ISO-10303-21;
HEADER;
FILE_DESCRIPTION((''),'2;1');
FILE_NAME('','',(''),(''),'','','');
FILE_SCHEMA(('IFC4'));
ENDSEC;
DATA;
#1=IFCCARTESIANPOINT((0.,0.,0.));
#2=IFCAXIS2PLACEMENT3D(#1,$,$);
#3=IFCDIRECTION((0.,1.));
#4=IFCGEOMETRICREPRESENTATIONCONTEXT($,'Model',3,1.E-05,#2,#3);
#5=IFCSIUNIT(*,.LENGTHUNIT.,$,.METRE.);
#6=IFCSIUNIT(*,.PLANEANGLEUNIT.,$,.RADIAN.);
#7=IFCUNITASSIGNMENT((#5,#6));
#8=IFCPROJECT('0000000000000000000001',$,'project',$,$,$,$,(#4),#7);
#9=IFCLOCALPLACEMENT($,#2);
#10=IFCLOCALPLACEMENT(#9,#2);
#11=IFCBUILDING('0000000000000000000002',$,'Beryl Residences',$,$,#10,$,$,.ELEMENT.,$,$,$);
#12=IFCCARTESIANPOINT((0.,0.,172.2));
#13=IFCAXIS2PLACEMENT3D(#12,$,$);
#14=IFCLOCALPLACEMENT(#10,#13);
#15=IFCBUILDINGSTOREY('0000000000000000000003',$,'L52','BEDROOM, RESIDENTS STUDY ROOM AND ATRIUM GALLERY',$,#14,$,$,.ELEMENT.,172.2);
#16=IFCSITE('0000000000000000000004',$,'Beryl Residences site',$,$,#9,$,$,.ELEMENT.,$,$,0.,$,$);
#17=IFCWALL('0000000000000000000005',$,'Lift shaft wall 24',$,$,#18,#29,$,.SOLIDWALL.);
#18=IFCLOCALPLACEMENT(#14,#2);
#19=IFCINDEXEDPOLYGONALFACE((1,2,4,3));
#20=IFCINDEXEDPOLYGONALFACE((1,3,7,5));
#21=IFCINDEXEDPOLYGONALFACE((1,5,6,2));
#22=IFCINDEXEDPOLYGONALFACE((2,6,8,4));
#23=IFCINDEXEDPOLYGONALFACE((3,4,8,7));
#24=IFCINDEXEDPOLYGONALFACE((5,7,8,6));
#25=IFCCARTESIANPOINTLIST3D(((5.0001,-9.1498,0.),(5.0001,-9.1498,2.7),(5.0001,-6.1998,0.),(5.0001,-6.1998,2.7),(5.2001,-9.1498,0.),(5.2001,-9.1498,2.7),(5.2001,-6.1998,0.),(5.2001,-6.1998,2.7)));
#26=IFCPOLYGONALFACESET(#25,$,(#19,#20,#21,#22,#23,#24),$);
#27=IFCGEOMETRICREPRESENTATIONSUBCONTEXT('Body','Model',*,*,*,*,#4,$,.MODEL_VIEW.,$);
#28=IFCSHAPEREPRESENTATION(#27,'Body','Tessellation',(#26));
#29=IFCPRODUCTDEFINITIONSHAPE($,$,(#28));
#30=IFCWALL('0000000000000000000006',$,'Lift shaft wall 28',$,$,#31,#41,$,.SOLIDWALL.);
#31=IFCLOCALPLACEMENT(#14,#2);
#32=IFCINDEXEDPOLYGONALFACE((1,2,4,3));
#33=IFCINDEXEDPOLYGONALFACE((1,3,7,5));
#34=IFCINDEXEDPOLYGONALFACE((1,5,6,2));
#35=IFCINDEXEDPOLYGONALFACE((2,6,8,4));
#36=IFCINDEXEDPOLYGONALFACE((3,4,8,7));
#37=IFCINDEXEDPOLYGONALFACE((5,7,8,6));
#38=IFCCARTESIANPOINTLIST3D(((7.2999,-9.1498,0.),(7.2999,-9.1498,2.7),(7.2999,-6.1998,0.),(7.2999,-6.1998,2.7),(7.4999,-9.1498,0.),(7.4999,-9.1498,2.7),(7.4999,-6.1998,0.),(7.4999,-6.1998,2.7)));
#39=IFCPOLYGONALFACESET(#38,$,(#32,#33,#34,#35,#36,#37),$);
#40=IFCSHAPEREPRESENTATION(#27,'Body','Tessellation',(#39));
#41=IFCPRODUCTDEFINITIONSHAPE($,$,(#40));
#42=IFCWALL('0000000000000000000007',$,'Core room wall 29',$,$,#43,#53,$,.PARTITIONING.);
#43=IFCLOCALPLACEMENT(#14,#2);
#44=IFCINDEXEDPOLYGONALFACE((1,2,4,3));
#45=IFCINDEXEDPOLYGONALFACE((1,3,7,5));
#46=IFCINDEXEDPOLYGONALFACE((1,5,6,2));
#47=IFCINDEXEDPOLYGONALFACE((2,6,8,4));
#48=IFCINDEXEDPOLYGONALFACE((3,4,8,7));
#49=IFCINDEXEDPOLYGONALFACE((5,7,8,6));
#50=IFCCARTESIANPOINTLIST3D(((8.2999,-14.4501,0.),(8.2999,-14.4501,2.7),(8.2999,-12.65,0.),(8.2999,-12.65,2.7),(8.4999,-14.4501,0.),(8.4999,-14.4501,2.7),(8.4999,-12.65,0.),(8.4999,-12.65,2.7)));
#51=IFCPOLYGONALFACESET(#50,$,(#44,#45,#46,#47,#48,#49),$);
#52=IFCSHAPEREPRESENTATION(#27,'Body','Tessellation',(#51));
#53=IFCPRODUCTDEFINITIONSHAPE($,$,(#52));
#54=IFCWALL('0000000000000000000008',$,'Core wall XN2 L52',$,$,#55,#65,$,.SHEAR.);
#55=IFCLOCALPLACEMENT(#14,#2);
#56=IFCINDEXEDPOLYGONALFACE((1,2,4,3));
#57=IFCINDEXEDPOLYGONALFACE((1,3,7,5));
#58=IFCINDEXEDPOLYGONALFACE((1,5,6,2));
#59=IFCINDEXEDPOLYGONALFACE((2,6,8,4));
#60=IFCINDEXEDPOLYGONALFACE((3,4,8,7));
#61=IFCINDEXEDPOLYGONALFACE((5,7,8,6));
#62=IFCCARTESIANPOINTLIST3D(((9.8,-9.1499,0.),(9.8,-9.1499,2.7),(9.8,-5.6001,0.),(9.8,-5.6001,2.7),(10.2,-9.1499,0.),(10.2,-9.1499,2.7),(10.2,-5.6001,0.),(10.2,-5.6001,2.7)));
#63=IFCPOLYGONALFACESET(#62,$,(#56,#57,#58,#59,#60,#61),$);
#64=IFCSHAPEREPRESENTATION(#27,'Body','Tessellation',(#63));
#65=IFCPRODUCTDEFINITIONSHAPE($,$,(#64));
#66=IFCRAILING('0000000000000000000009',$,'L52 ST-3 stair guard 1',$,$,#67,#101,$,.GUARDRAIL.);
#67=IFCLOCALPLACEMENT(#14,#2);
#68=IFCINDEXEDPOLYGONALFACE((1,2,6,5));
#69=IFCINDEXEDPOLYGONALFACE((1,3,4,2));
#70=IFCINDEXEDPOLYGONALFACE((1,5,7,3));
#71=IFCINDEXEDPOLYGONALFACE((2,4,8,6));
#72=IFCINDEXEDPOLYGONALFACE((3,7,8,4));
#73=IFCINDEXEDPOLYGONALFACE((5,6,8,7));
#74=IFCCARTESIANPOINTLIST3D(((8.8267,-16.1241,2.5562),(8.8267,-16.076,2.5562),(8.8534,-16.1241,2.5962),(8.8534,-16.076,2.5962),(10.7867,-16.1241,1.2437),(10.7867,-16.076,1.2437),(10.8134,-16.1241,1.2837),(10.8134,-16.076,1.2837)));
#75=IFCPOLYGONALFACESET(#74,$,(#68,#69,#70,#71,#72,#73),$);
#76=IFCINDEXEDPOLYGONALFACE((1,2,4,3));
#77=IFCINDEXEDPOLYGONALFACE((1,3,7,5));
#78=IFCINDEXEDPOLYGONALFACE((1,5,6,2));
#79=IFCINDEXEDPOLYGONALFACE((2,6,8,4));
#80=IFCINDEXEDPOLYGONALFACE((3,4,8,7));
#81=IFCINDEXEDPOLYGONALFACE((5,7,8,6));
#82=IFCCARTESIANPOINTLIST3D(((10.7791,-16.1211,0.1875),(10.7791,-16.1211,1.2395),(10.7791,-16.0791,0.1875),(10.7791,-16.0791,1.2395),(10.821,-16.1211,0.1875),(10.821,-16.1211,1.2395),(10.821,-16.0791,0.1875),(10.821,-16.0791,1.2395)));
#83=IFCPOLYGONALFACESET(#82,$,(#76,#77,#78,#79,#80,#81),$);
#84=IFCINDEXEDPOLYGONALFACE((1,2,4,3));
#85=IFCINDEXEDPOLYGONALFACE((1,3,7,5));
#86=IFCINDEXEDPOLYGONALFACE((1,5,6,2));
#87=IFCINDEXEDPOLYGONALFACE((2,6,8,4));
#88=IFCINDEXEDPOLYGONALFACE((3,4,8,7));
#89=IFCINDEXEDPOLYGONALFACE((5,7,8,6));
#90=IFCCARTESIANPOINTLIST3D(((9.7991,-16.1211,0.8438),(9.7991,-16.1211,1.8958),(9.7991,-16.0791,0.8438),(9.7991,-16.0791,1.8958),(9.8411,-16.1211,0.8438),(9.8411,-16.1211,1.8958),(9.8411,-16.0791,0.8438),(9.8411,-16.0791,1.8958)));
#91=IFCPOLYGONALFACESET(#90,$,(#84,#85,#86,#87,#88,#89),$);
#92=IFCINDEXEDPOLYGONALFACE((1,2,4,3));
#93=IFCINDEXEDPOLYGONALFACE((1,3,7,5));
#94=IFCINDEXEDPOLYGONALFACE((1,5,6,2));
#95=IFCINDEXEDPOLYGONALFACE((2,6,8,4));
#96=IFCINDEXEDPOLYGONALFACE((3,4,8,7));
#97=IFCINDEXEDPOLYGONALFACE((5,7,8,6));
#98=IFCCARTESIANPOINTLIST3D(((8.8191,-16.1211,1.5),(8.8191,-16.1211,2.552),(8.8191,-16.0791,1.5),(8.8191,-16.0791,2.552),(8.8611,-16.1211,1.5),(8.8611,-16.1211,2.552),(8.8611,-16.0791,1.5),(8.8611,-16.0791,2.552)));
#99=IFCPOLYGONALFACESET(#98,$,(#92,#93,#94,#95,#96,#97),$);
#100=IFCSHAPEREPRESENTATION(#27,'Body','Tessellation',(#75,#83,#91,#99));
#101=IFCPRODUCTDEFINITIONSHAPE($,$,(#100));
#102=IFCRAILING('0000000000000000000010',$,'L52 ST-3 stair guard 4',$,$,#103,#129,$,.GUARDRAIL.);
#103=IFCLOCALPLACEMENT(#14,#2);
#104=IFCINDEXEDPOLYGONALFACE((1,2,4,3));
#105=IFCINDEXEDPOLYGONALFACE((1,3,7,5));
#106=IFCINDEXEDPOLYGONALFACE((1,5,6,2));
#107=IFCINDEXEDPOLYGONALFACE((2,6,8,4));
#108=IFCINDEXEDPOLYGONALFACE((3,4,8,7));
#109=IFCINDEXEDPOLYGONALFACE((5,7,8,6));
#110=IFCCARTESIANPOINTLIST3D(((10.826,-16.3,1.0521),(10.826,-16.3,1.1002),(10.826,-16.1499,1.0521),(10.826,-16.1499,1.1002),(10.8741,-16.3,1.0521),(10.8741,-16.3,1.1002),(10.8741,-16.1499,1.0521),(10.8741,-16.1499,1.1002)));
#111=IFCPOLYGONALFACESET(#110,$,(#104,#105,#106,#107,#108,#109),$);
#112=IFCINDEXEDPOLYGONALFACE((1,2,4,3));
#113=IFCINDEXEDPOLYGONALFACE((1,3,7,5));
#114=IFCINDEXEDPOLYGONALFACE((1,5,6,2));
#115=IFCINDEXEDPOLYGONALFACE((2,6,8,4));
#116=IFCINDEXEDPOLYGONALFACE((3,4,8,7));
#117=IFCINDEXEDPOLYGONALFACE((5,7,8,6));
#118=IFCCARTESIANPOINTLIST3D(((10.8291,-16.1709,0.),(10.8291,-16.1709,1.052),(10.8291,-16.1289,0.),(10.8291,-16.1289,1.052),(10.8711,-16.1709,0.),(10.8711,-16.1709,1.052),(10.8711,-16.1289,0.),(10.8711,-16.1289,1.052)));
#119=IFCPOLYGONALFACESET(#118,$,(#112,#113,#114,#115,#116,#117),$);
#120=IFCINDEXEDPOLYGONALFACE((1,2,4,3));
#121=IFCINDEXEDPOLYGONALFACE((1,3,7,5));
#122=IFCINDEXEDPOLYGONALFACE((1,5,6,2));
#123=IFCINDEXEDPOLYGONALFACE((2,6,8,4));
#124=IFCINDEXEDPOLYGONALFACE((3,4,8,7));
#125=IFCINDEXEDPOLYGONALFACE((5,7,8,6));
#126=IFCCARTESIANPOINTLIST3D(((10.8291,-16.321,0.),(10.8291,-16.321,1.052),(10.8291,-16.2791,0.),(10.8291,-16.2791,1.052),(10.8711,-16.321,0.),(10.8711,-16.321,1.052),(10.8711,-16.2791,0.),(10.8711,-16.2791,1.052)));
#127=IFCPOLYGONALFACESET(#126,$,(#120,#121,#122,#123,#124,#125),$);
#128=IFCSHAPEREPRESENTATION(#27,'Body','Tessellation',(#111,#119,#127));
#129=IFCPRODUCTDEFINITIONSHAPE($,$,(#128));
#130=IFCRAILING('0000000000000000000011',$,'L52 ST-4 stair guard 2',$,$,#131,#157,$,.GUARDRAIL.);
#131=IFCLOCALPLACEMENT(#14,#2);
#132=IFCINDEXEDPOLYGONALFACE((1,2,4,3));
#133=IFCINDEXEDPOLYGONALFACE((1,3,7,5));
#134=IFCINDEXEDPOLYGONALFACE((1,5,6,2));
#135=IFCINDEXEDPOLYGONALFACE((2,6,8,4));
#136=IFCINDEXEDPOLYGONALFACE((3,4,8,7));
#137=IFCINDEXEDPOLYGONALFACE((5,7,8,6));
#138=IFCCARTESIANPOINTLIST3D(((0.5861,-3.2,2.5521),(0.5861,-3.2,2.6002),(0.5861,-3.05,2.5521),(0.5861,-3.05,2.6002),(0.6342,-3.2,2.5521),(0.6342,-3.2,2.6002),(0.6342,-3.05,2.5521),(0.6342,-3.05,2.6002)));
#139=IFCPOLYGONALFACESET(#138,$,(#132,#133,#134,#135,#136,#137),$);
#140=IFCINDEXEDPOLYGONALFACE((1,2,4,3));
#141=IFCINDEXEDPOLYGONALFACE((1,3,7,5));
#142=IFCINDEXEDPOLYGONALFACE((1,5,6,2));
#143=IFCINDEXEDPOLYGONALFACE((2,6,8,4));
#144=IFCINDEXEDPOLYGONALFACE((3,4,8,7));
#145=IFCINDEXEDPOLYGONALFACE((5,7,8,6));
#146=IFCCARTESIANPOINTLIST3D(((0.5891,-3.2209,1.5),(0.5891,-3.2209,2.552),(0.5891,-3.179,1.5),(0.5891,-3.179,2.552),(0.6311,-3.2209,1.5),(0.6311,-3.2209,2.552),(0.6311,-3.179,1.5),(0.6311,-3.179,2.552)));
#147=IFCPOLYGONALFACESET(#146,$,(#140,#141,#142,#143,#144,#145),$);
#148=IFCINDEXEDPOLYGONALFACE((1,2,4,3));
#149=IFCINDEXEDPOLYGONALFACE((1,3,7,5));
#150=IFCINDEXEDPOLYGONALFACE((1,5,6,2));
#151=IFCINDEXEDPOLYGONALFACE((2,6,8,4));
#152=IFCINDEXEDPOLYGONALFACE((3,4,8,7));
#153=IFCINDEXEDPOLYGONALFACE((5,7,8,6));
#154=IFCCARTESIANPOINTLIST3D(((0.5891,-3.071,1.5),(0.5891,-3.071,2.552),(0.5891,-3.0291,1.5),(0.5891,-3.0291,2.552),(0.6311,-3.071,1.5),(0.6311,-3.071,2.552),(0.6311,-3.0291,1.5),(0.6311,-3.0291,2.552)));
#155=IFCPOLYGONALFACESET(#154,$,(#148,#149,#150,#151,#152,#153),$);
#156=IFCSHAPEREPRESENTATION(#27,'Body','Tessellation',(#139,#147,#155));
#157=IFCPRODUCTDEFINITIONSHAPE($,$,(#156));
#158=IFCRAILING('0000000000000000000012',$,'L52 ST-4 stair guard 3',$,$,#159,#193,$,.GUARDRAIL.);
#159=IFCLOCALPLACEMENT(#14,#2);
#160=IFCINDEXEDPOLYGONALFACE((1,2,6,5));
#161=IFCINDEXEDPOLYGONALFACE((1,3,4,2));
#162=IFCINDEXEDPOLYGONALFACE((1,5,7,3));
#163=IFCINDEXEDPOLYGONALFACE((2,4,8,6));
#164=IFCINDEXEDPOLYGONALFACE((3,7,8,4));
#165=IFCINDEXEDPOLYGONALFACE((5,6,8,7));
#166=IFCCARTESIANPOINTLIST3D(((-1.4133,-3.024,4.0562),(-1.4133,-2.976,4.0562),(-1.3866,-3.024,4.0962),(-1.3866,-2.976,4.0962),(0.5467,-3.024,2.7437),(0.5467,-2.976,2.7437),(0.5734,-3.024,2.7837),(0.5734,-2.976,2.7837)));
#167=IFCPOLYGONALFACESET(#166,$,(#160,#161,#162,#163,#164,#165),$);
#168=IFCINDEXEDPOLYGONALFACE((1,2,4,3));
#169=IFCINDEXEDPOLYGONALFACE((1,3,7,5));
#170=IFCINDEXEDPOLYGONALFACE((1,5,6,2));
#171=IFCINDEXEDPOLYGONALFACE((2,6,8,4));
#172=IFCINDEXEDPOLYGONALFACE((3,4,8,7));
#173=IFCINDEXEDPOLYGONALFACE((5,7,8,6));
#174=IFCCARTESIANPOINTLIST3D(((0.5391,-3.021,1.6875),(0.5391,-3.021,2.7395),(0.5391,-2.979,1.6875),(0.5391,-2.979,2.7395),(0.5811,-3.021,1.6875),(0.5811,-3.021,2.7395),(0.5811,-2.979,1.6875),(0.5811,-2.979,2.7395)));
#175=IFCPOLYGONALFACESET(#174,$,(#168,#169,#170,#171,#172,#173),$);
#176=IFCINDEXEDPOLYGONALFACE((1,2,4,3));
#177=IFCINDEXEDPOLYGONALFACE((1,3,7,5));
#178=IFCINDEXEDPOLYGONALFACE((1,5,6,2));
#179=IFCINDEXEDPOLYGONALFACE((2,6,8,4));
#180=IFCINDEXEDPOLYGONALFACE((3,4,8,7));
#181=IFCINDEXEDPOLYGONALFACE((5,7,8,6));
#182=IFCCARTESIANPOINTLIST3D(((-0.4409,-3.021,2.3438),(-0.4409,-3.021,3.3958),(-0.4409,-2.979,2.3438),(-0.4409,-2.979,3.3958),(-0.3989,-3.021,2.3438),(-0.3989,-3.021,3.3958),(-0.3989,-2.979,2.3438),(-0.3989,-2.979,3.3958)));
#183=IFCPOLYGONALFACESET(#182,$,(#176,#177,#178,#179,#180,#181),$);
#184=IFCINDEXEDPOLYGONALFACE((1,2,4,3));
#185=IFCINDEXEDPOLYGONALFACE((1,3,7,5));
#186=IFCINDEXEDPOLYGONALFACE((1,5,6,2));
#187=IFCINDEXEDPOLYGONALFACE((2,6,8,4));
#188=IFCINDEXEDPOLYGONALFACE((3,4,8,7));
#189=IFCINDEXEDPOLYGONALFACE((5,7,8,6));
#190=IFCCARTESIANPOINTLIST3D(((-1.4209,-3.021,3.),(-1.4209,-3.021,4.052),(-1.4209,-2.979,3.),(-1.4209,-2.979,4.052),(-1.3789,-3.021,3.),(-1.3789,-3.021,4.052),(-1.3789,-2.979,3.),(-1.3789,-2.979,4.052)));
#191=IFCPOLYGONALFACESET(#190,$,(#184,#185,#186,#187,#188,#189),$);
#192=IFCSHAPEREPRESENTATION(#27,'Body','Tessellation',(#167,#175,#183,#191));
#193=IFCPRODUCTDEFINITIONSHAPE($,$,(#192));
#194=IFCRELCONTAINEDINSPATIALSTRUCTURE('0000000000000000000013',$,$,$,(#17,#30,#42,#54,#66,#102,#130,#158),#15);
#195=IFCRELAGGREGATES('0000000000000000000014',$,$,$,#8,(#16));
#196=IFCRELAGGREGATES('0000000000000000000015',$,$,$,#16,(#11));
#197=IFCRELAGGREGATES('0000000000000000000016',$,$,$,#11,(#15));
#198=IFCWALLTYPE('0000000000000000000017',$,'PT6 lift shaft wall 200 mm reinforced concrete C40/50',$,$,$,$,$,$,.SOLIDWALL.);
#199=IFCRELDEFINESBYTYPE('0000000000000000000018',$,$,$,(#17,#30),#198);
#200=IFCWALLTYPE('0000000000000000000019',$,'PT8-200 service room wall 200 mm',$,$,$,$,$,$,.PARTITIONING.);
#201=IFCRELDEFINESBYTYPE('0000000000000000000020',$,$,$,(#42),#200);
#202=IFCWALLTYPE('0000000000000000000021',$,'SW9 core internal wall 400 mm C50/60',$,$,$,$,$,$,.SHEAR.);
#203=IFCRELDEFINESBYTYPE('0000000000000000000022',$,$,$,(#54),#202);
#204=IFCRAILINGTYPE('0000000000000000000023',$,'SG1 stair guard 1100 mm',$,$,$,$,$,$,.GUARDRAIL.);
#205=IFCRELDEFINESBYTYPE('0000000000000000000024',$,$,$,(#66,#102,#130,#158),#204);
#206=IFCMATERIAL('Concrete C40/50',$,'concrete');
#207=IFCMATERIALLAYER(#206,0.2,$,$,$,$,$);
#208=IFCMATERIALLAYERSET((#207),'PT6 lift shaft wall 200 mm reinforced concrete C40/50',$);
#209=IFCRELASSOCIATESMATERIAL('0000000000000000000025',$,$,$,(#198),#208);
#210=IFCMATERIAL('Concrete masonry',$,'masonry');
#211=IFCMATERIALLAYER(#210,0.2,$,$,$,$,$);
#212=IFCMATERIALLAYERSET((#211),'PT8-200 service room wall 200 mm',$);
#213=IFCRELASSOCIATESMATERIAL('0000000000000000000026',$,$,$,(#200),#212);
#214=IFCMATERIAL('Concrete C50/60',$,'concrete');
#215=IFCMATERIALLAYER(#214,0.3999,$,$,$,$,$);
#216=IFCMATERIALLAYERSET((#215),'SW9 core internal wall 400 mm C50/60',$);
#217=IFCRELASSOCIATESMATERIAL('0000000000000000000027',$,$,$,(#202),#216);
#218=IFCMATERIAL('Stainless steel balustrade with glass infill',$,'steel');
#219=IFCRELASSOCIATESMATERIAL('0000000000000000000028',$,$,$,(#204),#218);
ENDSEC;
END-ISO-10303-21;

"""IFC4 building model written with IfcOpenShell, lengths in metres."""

from ifc_helpers import new_model, si_unit, direction, frame, frame_2d, origin, origin_2d, place, context, subcontext, project, spatial, rectangle, extrude, material, layer, layer_set, type_object, element, save


model = new_model("IFC4")

# Units and contexts
model_context = context("Model", 3, precision=1e-05, world=origin(), true_north=direction((0.0, 1.0)))
body_context = subcontext(model_context, "Body", "Model", "MODEL_VIEW")
ifc_project = project(units=[si_unit("LENGTHUNIT", "METRE"), si_unit("PLANEANGLEUNIT", "RADIAN")], contexts=[model_context])

# Site, building, storey
site_placement = place(None, origin())
site = spatial("IfcSite", under=ifc_project, at=site_placement, Name="Beryl Residences site", CompositionType="ELEMENT", RefElevation=0.0)
building_placement = place(site_placement, origin())
building = spatial("IfcBuilding", under=site, at=building_placement, Name="Beryl Residences", CompositionType="ELEMENT")
storey_placement = place(building_placement, frame((0.0, 0.0, 172.2)))
storey = spatial("IfcBuildingStorey", under=building, at=storey_placement, Name="L52", Description="BEDROOM, RESIDENTS STUDY ROOM AND ATRIUM GALLERY", CompositionType="ELEMENT", Elevation=172.2)

# Walls
ifc_material_1 = material(Name="Concrete C40/50", Category="concrete")
ifc_layer_1 = layer(ifc_material_1, 0.2)
ifc_layer_set_1 = layer_set([ifc_layer_1], Name="PT6 lift shaft wall 200 mm reinforced concrete C40/50")
wall_type_1 = type_object("IfcWallType", Name="PT6 lift shaft wall 200 mm reinforced concrete C40/50", PredefinedType="SOLIDWALL", material=ifc_layer_set_1)
for number, where, z_axis, x_axis, name in (
    (1, (5.1001, -9.1499, 0.0), (0.0, 0.0, 1.0), (0.0, 1.0, 0.0), "Lift shaft wall 24"),
    (2, (7.3999, -9.1499, 0.0), (0.0, 0.0, 1.0), (0.0, 1.0, 0.0), "Lift shaft wall 28"),
):
    element("IfcWall", number, at=place(storey_placement, frame(where, z_axis=z_axis, x_axis=x_axis)), inside=storey, type_object=wall_type_1, Name=name, PredefinedType="SOLIDWALL", context=body_context, shape_type="SweptSolid", body=[
        extrude(rectangle(XDim=2.95, YDim=0.2, at=frame_2d((1.4751, 0.0))), origin(), (0.0, 0.0, 1.0), 2.7),
    ])
ifc_material_2 = material(Name="Concrete masonry", Category="masonry")
ifc_layer_2 = layer(ifc_material_2, 0.2)
ifc_layer_set_2 = layer_set([ifc_layer_2], Name="PT8-200 service room wall 200 mm")
wall_type_2 = type_object("IfcWallType", Name="PT8-200 service room wall 200 mm", PredefinedType="PARTITIONING", material=ifc_layer_set_2)
wall_1_placement = place(storey_placement, frame((8.3999, -14.45, 0.0), z_axis=(0.0, 0.0, 1.0), x_axis=(0.0, 1.0, 0.0)))
element("IfcWall", 3, at=wall_1_placement, inside=storey, type_object=wall_type_2, Name="Core room wall 29", PredefinedType="PARTITIONING", context=body_context, shape_type="SweptSolid", body=[
    extrude(rectangle(XDim=1.8, YDim=0.2, at=frame_2d((0.8999, 0.0))), origin(), (0.0, 0.0, 1.0), 2.7),
])
ifc_material_3 = material(Name="Concrete C50/60", Category="concrete")
ifc_layer_3 = layer(ifc_material_3, 0.3999)
ifc_layer_set_3 = layer_set([ifc_layer_3], Name="SW9 core internal wall 400 mm C50/60")
wall_type_3 = type_object("IfcWallType", Name="SW9 core internal wall 400 mm C50/60", PredefinedType="SHEAR", material=ifc_layer_set_3)
wall_2_placement = place(storey_placement, frame((10.0, -9.1499, 0.0), z_axis=(0.0, 0.0, 1.0), x_axis=(0.0, 1.0, 0.0)))
element("IfcWall", 4, at=wall_2_placement, inside=storey, type_object=wall_type_3, Name="Core wall XN2 L52", PredefinedType="SHEAR", context=body_context, shape_type="SweptSolid", body=[
    extrude(rectangle(XDim=3.5498, YDim=0.3999, at=frame_2d((1.7749, 0.0))), origin(), (0.0, 0.0, 1.0), 2.7),
])

# Railings
ifc_material_4 = material(Name="Stainless steel balustrade with glass infill", Category="steel")
railing_type_1 = type_object("IfcRailingType", Name="SG1 stair guard 1100 mm", PredefinedType="GUARDRAIL", material=ifc_material_4)
railing_1_placement = place(storey_placement, frame((10.8, -16.1001, 0.1875)))
element("IfcRailing", 5, at=railing_1_placement, inside=storey, type_object=railing_type_1, Name="L52 ST-3 stair guard 1", PredefinedType="GUARDRAIL", context=body_context, shape_type="SweptSolid", body=[
    extrude(rectangle(XDim=0.0481, YDim=0.0481, at=origin_2d()), frame((0.0, 0.0, 1.0762), z_axis=(-0.830902, 0.0, 0.556419), x_axis=(0.0, -1.0, 0.0)), (0.0, 0.0, 1.0), 2.3589),
    extrude(rectangle(XDim=0.042, YDim=0.042, at=origin_2d()), origin(), (0.0, 0.0, 1.0), 1.052),
    extrude(rectangle(XDim=0.042, YDim=0.042, at=origin_2d()), frame((-0.98, 0.0, 0.6562)), (0.0, 0.0, 1.0), 1.052),
    extrude(rectangle(XDim=0.042, YDim=0.042, at=origin_2d()), frame((-1.96, 0.0, 1.3125)), (0.0, 0.0, 1.0), 1.052),
])
railing_2_placement = place(storey_placement, frame((10.8501, -16.1499, 0.0)))
element("IfcRailing", 6, at=railing_2_placement, inside=storey, type_object=railing_type_1, Name="L52 ST-3 stair guard 4", PredefinedType="GUARDRAIL", context=body_context, shape_type="SweptSolid", body=[
    extrude(rectangle(XDim=0.0481, YDim=0.0481, at=origin_2d()), frame((0.0, 0.0, 1.0762), z_axis=(0.0, -1.0, 0.0), x_axis=(1.0, 0.0, 0.0)), (0.0, 0.0, 1.0), 0.1501),
    extrude(rectangle(XDim=0.042, YDim=0.042, at=origin_2d()), origin(), (0.0, 0.0, 1.0), 1.052),
    extrude(rectangle(XDim=0.042, YDim=0.042, at=origin_2d()), frame((0.0, -0.1501, 0.0)), (0.0, 0.0, 1.0), 1.052),
])
railing_3_placement = place(storey_placement, frame((0.6101, -3.2, 1.5)))
element("IfcRailing", 7, at=railing_3_placement, inside=storey, type_object=railing_type_1, Name="L52 ST-4 stair guard 2", PredefinedType="GUARDRAIL", context=body_context, shape_type="SweptSolid", body=[
    extrude(rectangle(XDim=0.0481, YDim=0.0481, at=origin_2d()), frame((0.0, 0.0, 1.0762), z_axis=(0.0, 1.0, 0.0), x_axis=(-1.0, 0.0, 0.0)), (0.0, 0.0, 1.0), 0.1499),
    extrude(rectangle(XDim=0.042, YDim=0.042, at=origin_2d()), origin(), (0.0, 0.0, 1.0), 1.052),
    extrude(rectangle(XDim=0.042, YDim=0.042, at=origin_2d()), frame((0.0, 0.1499, 0.0)), (0.0, 0.0, 1.0), 1.052),
])
railing_4_placement = place(storey_placement, frame((0.5601, -3.0, 1.6875)))
element("IfcRailing", 8, at=railing_4_placement, inside=storey, type_object=railing_type_1, Name="L52 ST-4 stair guard 3", PredefinedType="GUARDRAIL", context=body_context, shape_type="SweptSolid", body=[
    extrude(rectangle(XDim=0.0481, YDim=0.0481, at=origin_2d()), frame((0.0, 0.0, 1.0762), z_axis=(-0.830902, 0.0, 0.556419), x_axis=(0.0, -1.0, 0.0)), (0.0, 0.0, 1.0), 2.3589),
    extrude(rectangle(XDim=0.042, YDim=0.042, at=origin_2d()), origin(), (0.0, 0.0, 1.0), 1.052),
    extrude(rectangle(XDim=0.042, YDim=0.042, at=origin_2d()), frame((-0.98, 0.0, 0.6562)), (0.0, 0.0, 1.0), 1.052),
    extrude(rectangle(XDim=0.042, YDim=0.042, at=origin_2d()), frame((-1.96, 0.0, 1.3125)), (0.0, 0.0, 1.0), 1.052),
])

save(model, "model.ifc")
